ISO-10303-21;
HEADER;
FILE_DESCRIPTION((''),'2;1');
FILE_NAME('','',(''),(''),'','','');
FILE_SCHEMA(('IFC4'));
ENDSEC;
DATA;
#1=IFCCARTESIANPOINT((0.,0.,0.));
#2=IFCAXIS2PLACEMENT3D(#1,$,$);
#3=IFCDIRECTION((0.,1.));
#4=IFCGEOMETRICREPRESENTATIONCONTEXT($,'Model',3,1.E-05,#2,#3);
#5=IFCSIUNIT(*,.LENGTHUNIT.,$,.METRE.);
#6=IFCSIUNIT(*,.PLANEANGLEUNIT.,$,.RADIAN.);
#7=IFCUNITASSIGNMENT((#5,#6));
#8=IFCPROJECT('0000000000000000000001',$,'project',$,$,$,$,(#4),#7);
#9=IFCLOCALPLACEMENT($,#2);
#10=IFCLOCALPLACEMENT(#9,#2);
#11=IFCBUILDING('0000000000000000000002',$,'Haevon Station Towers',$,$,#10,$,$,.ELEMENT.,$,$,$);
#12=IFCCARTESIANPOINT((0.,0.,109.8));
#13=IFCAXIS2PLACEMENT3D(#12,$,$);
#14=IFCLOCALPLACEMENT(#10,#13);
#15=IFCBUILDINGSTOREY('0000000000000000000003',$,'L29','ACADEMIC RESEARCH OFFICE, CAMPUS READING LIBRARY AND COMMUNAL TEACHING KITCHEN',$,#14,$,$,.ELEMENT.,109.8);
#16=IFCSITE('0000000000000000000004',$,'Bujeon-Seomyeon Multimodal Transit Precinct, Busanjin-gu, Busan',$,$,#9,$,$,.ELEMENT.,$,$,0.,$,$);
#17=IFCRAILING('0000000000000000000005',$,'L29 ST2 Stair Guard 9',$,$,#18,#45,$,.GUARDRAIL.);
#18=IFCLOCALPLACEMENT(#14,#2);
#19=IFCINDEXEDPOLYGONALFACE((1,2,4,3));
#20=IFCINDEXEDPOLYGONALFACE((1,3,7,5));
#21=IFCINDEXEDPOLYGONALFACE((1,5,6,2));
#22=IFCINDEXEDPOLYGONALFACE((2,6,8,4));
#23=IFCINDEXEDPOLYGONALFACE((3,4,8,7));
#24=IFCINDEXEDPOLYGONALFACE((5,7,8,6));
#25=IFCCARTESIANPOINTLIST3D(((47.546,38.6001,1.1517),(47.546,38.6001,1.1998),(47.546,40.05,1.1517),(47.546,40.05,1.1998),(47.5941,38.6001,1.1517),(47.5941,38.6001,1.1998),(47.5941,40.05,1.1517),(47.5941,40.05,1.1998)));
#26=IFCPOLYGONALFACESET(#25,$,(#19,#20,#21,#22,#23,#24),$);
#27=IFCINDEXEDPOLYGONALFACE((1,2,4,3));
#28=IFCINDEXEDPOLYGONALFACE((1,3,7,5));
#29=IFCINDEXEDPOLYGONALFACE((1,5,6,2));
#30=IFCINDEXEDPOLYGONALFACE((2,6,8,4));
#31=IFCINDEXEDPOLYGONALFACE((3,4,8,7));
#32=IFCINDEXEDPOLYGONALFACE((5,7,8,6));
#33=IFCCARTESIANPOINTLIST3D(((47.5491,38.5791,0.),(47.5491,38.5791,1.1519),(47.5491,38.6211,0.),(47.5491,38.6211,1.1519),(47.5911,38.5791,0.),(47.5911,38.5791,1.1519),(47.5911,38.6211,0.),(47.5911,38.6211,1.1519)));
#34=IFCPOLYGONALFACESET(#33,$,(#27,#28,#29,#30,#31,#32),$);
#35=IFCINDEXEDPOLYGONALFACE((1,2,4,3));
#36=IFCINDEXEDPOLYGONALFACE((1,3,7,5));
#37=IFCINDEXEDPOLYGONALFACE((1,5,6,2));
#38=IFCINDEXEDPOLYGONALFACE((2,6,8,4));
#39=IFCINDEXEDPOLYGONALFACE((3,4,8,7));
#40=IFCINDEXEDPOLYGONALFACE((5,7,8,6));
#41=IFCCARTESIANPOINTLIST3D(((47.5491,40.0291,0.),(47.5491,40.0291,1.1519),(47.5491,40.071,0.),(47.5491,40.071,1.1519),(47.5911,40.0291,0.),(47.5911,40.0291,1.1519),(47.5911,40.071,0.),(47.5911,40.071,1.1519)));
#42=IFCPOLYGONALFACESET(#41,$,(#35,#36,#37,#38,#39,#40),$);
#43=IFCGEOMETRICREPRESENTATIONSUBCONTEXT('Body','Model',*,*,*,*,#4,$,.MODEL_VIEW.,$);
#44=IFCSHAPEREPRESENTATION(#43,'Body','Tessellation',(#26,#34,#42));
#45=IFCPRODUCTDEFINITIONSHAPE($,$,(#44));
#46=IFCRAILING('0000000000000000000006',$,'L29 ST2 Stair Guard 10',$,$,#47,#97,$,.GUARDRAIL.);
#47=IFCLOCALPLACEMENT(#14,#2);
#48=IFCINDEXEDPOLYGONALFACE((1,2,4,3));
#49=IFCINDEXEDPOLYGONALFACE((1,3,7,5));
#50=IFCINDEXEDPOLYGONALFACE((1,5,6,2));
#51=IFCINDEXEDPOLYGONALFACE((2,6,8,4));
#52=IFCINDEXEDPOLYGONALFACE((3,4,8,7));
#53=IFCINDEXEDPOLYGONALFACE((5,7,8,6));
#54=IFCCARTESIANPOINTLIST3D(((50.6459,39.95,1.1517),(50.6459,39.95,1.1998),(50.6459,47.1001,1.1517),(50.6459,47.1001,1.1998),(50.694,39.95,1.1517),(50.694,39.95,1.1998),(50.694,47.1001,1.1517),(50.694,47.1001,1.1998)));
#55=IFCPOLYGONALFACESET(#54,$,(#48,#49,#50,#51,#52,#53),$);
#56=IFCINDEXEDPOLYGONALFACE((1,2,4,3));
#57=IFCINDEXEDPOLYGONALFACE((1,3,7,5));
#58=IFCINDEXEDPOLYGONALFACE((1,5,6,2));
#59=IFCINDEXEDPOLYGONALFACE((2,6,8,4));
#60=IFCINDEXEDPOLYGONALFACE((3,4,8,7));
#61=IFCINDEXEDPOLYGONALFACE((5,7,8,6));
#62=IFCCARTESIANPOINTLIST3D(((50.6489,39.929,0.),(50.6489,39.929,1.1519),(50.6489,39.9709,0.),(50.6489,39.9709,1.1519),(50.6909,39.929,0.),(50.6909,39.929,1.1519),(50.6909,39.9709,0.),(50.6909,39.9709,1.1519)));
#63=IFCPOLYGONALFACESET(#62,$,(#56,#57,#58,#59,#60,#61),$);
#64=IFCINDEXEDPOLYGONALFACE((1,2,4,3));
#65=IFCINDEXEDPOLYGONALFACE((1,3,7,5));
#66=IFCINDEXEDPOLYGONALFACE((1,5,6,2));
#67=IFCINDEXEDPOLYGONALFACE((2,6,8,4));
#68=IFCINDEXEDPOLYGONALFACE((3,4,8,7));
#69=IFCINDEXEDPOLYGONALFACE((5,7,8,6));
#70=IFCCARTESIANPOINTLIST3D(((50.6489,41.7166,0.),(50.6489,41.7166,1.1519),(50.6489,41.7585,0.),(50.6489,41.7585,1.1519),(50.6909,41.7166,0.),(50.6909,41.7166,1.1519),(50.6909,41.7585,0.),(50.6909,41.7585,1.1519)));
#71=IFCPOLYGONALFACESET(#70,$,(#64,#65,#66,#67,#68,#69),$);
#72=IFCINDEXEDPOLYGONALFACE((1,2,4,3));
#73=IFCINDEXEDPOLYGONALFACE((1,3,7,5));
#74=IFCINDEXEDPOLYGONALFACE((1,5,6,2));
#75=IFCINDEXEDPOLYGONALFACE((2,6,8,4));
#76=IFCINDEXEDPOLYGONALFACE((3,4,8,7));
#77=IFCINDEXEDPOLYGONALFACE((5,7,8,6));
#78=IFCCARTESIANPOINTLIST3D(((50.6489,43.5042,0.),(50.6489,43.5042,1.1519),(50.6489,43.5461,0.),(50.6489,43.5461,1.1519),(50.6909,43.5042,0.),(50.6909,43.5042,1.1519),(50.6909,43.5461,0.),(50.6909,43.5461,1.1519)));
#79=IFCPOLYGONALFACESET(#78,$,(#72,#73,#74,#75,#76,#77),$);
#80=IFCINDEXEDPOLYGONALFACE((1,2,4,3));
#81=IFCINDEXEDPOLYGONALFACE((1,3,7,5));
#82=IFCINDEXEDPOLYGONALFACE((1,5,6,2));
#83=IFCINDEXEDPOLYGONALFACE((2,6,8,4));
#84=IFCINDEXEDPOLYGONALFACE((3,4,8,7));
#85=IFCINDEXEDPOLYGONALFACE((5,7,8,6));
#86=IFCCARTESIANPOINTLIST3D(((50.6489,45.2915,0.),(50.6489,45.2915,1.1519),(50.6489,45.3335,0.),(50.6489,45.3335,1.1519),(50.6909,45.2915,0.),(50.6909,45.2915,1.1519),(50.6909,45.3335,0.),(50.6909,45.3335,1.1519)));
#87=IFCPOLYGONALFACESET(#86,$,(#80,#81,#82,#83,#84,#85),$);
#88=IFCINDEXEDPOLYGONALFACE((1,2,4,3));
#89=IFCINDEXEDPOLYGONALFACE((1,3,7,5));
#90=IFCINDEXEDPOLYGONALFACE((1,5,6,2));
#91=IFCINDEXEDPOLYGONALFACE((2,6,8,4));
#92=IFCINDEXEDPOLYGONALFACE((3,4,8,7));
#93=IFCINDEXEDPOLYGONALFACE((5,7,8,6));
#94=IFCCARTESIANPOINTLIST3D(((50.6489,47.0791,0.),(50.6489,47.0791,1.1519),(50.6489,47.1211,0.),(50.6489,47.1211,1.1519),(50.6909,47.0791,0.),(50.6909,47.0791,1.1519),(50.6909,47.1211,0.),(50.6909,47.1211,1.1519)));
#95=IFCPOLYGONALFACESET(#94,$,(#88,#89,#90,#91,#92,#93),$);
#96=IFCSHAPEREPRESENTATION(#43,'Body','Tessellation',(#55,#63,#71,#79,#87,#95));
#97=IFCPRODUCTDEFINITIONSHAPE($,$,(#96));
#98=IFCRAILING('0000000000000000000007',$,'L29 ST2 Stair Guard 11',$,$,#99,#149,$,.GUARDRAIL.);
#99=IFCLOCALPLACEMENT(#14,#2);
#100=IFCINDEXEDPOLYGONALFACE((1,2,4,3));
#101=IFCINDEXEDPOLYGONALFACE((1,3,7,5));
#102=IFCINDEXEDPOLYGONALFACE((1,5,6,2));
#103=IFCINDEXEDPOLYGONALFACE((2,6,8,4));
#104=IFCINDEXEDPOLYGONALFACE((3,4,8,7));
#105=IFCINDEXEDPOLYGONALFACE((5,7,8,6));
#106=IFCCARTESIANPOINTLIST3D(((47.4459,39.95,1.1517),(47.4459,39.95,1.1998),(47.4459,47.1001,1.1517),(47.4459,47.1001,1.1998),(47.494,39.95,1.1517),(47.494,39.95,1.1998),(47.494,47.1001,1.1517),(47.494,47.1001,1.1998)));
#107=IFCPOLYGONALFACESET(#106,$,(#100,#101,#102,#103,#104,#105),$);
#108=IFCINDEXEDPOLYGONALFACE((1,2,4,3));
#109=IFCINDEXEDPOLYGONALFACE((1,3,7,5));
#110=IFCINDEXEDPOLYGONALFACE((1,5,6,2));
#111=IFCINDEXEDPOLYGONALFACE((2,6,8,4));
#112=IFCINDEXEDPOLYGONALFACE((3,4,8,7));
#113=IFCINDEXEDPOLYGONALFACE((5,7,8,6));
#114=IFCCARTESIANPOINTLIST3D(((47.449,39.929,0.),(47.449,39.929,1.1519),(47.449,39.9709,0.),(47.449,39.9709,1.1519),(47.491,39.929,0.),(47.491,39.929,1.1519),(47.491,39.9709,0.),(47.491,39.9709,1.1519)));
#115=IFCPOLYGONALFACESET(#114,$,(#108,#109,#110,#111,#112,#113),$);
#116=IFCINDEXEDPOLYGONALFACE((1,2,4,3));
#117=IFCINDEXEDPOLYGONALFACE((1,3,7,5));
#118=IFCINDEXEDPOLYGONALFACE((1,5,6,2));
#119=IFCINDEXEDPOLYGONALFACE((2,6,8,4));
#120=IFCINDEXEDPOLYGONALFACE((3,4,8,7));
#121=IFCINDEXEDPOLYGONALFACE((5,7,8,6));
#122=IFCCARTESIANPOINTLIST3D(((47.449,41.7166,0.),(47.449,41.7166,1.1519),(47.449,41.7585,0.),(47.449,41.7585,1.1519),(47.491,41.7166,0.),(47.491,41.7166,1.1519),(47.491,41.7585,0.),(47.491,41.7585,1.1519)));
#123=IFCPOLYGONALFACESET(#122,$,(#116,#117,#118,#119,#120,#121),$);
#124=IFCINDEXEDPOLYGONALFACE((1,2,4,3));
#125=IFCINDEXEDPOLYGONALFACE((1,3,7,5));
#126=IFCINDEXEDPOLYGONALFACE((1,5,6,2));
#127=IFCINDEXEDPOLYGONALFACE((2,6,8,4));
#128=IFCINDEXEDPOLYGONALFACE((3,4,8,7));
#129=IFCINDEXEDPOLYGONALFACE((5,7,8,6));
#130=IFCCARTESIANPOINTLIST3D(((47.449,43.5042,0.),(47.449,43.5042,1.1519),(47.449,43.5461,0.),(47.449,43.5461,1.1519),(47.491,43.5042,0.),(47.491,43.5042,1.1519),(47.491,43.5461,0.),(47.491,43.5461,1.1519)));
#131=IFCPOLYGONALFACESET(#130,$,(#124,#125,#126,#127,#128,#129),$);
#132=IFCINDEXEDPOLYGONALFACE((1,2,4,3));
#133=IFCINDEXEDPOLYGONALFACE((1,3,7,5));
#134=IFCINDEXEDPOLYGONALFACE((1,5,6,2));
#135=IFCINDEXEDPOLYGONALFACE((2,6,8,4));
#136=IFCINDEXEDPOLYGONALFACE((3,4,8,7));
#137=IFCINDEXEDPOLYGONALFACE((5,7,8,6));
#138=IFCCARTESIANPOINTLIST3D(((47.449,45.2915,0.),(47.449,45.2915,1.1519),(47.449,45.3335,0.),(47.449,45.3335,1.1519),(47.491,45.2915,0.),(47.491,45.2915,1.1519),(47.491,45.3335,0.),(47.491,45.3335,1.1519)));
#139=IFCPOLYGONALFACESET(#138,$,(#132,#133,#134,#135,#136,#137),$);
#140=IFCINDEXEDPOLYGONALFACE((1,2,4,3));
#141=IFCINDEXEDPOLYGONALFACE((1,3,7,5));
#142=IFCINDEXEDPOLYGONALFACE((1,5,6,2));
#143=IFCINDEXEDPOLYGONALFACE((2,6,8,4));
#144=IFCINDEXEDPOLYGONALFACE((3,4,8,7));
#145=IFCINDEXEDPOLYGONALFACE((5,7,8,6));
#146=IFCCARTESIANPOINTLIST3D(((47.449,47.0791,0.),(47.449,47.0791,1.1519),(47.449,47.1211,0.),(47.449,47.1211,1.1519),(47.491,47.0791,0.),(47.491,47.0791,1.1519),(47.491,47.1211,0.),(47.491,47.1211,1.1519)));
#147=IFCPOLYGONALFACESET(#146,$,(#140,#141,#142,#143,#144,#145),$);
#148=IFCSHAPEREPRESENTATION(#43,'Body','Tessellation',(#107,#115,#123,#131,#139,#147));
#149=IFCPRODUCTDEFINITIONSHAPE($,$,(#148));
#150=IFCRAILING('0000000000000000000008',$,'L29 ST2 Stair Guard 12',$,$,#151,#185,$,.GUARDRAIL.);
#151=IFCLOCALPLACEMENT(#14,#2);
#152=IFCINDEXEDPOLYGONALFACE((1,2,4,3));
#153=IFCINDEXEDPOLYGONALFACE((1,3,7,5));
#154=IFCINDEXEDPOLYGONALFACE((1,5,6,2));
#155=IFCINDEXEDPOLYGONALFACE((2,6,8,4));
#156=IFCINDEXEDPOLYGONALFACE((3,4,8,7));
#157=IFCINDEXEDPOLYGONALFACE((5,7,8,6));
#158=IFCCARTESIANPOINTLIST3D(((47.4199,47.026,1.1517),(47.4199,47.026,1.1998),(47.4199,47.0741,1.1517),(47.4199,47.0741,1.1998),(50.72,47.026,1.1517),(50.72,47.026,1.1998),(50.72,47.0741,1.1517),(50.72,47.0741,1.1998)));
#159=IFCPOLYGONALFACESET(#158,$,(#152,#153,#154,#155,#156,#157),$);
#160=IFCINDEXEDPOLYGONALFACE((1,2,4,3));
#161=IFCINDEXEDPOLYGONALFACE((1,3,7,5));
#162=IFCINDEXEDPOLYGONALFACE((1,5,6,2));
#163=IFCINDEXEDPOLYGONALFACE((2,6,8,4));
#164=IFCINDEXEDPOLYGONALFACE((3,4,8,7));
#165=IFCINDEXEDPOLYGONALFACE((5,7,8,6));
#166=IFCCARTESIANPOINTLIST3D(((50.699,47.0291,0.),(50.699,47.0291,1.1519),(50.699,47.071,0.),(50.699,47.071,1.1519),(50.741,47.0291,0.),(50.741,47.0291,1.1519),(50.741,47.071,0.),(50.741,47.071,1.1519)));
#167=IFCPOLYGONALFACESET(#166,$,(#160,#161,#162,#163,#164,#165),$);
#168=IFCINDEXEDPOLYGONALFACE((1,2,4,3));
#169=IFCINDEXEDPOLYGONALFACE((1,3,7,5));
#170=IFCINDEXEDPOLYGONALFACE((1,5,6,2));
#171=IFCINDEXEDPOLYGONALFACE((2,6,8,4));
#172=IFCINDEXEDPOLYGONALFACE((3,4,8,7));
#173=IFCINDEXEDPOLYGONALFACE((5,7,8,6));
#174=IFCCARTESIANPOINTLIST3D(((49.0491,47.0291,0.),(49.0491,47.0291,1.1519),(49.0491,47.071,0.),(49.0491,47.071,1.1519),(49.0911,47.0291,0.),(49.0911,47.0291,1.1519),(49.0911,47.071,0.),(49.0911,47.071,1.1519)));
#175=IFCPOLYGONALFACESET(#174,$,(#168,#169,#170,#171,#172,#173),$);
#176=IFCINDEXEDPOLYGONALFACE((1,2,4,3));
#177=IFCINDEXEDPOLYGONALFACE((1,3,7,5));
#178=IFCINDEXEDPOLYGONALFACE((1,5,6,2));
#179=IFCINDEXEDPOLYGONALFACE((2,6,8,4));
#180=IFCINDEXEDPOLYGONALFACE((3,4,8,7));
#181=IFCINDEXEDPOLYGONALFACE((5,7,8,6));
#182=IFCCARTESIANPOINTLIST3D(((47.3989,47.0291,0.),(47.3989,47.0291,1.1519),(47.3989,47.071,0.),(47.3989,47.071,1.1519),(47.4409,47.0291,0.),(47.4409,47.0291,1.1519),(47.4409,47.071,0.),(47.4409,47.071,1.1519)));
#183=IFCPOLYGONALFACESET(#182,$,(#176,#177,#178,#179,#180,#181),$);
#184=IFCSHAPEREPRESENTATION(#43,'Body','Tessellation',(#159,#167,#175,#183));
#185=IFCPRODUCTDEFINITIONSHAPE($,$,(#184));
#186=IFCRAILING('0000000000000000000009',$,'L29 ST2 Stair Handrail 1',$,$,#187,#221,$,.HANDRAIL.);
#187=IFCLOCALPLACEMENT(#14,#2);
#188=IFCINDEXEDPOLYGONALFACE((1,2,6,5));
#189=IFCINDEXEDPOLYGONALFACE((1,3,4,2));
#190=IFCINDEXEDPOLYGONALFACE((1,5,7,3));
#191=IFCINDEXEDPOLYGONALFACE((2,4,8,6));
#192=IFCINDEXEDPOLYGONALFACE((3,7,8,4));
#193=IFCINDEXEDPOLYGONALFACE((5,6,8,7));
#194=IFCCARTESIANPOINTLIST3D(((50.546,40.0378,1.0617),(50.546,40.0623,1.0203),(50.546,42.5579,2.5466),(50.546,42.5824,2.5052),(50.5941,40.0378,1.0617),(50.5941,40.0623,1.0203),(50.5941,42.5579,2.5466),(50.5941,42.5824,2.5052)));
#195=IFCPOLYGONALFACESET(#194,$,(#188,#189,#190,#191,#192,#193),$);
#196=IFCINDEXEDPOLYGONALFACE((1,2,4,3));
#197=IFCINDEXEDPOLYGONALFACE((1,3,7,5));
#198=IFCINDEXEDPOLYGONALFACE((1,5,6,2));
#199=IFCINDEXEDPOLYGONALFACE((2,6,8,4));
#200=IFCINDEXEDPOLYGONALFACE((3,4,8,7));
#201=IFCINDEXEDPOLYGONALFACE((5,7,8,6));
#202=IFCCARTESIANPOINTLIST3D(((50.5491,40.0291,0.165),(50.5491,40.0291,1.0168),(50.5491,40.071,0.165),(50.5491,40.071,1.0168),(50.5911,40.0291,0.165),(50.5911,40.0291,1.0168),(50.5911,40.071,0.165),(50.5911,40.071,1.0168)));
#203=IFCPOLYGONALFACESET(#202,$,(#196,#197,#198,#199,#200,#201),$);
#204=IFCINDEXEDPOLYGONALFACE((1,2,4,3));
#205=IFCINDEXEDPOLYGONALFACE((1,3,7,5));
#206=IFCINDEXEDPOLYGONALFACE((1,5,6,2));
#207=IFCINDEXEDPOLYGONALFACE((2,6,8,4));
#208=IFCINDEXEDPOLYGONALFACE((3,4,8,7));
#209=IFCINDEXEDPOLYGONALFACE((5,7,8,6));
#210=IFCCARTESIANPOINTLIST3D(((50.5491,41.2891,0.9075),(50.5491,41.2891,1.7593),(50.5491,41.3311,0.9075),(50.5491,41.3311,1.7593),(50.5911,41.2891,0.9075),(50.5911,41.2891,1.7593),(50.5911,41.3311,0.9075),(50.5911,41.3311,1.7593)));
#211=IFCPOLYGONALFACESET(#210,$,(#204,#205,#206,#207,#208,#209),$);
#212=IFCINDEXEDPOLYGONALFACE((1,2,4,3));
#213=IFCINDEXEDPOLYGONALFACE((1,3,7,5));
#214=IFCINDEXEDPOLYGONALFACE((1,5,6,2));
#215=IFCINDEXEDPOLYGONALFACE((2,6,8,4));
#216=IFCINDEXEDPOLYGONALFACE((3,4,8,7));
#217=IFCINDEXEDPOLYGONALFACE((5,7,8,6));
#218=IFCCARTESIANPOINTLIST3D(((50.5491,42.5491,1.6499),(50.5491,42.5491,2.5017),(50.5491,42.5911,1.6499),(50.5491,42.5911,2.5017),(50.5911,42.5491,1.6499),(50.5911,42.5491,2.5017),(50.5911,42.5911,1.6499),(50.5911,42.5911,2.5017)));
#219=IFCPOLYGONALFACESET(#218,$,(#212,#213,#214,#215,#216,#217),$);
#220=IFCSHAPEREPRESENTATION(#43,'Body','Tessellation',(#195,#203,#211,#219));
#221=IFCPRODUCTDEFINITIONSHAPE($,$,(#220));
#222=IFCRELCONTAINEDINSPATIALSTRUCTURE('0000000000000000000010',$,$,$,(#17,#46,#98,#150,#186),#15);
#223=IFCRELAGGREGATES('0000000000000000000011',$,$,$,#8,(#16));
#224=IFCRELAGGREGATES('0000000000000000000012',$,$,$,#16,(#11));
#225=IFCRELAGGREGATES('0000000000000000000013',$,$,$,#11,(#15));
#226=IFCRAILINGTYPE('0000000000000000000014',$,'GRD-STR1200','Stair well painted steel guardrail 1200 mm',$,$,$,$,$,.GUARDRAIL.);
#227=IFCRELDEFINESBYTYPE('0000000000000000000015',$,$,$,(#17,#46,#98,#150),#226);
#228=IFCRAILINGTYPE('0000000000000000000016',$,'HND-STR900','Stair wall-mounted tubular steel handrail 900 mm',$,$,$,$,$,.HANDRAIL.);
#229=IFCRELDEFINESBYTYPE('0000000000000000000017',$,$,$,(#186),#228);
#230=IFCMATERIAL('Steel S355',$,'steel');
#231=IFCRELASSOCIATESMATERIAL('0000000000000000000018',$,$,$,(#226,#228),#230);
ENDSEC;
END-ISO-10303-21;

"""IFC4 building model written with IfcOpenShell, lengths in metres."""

from ifc_helpers import new_model, si_unit, direction, frame, origin, origin_2d, place, context, subcontext, project, spatial, rectangle, extrude, material, type_object, element, save


model = new_model("IFC4")

# Units and contexts
model_context = context("Model", 3, precision=1e-05, world=origin(), true_north=direction((0.0, 1.0)))
body_context = subcontext(model_context, "Body", "Model", "MODEL_VIEW")
ifc_project = project(units=[si_unit("LENGTHUNIT", "METRE"), si_unit("PLANEANGLEUNIT", "RADIAN")], contexts=[model_context])

# Site, building, storey
site_placement = place(None, origin())
site = spatial("IfcSite", under=ifc_project, at=site_placement, Name="Bujeon-Seomyeon Multimodal Transit Precinct, Busanjin-gu, Busan", CompositionType="ELEMENT", RefElevation=0.0)
building_placement = place(site_placement, origin())
building = spatial("IfcBuilding", under=site, at=building_placement, Name="Haevon Station Towers", CompositionType="ELEMENT")
storey_placement = place(building_placement, frame((0.0, 0.0, 109.8)))
storey = spatial("IfcBuildingStorey", under=building, at=storey_placement, Name="L29", Description="ACADEMIC RESEARCH OFFICE, CAMPUS READING LIBRARY AND COMMUNAL TEACHING KITCHEN", CompositionType="ELEMENT", Elevation=109.8)

# Shared definitions
ifc_material_1 = material(Name="Steel S355", Category="steel")

# Railings
railing_type_1 = type_object("IfcRailingType", Name="GRD-STR1200", Description="Stair well painted steel guardrail 1200 mm", PredefinedType="GUARDRAIL", material=ifc_material_1)
for number, where, name in (
    (1, (47.5701, 38.6001, 0.0), "L29 ST2 Stair Guard 9"),
):
    element("IfcRailing", number, at=place(storey_placement, frame(where)), inside=storey, type_object=railing_type_1, Name=name, PredefinedType="GUARDRAIL", context=body_context, shape_type="SweptSolid", body=[
        extrude(rectangle(XDim=0.0481, YDim=0.0481, at=origin_2d()), frame((0.0, 0.0, 1.1758), z_axis=(0.0, 1.0, 0.0), x_axis=(-1.0, 0.0, 0.0)), (0.0, 0.0, 1.0), 1.45),
        extrude(rectangle(XDim=0.042, YDim=0.042, at=origin_2d()), origin(), (0.0, 0.0, 1.0), 1.1519),
        extrude(rectangle(XDim=0.042, YDim=0.042, at=origin_2d()), frame((0.0, 1.45, 0.0)), (0.0, 0.0, 1.0), 1.1519),
    ])
for number, where, name in (
    (2, (50.6699, 39.95, 0.0), "L29 ST2 Stair Guard 10"),
    (3, (47.47, 39.95, 0.0), "L29 ST2 Stair Guard 11"),
):
    element("IfcRailing", number, at=place(storey_placement, frame(where)), inside=storey, type_object=railing_type_1, Name=name, PredefinedType="GUARDRAIL", context=body_context, shape_type="SweptSolid", body=[
        extrude(rectangle(XDim=0.0481, YDim=0.0481, at=origin_2d()), frame((0.0, 0.0, 1.1758), z_axis=(0.0, 1.0, 0.0), x_axis=(-1.0, 0.0, 0.0)), (0.0, 0.0, 1.0), 7.1501),
        extrude(rectangle(XDim=0.042, YDim=0.042, at=origin_2d()), origin(), (0.0, 0.0, 1.0), 1.1519),
        extrude(rectangle(XDim=0.042, YDim=0.042, at=origin_2d()), frame((0.0, 1.7876, 0.0)), (0.0, 0.0, 1.0), 1.1519),
        extrude(rectangle(XDim=0.042, YDim=0.042, at=origin_2d()), frame((0.0, 3.5752, 0.0)), (0.0, 0.0, 1.0), 1.1519),
        extrude(rectangle(XDim=0.042, YDim=0.042, at=origin_2d()), frame((0.0, 5.3625, 0.0)), (0.0, 0.0, 1.0), 1.1519),
        extrude(rectangle(XDim=0.042, YDim=0.042, at=origin_2d()), frame((0.0, 7.1501, 0.0)), (0.0, 0.0, 1.0), 1.1519),
    ])
railing_1_placement = place(storey_placement, frame((50.72, 47.05, 0.0)))
element("IfcRailing", 4, at=railing_1_placement, inside=storey, type_object=railing_type_1, Name="L29 ST2 Stair Guard 12", PredefinedType="GUARDRAIL", context=body_context, shape_type="SweptSolid", body=[
    extrude(rectangle(XDim=0.0481, YDim=0.0481, at=origin_2d()), frame((0.0, 0.0, 1.1758), z_axis=(-1.0, 0.0, 0.0), x_axis=(0.0, -1.0, 0.0)), (0.0, 0.0, 1.0), 3.3),
    extrude(rectangle(XDim=0.042, YDim=0.042, at=origin_2d()), origin(), (0.0, 0.0, 1.0), 1.1519),
    extrude(rectangle(XDim=0.042, YDim=0.042, at=origin_2d()), frame((-1.6499, 0.0, 0.0)), (0.0, 0.0, 1.0), 1.1519),
    extrude(rectangle(XDim=0.042, YDim=0.042, at=origin_2d()), frame((-3.3, 0.0, 0.0)), (0.0, 0.0, 1.0), 1.1519),
])
railing_type_2 = type_object("IfcRailingType", Name="HND-STR900", Description="Stair wall-mounted tubular steel handrail 900 mm", PredefinedType="HANDRAIL", material=ifc_material_1)
railing_2_placement = place(storey_placement, frame((50.5701, 40.05, 0.165)))
element("IfcRailing", 5, at=railing_2_placement, inside=storey, type_object=railing_type_2, Name="L29 ST2 Stair Handrail 1", PredefinedType="HANDRAIL", context=body_context, shape_type="SweptSolid", body=[
    extrude(rectangle(XDim=0.0481, YDim=0.0481, at=origin_2d()), frame((0.0, 0.0, 0.876), z_axis=(0.0, 0.861561, 0.507655), x_axis=(-1.0, 0.0, 0.0)), (0.0, 0.0, 1.0), 2.925),
    extrude(rectangle(XDim=0.042, YDim=0.042, at=origin_2d()), origin(), (0.0, 0.0, 1.0), 0.8518),
    extrude(rectangle(XDim=0.042, YDim=0.042, at=origin_2d()), frame((0.0, 1.26, 0.7424)), (0.0, 0.0, 1.0), 0.8518),
    extrude(rectangle(XDim=0.042, YDim=0.042, at=origin_2d()), frame((0.0, 2.52, 1.4849)), (0.0, 0.0, 1.0), 0.8518),
])

save(model, "model.ifc")
